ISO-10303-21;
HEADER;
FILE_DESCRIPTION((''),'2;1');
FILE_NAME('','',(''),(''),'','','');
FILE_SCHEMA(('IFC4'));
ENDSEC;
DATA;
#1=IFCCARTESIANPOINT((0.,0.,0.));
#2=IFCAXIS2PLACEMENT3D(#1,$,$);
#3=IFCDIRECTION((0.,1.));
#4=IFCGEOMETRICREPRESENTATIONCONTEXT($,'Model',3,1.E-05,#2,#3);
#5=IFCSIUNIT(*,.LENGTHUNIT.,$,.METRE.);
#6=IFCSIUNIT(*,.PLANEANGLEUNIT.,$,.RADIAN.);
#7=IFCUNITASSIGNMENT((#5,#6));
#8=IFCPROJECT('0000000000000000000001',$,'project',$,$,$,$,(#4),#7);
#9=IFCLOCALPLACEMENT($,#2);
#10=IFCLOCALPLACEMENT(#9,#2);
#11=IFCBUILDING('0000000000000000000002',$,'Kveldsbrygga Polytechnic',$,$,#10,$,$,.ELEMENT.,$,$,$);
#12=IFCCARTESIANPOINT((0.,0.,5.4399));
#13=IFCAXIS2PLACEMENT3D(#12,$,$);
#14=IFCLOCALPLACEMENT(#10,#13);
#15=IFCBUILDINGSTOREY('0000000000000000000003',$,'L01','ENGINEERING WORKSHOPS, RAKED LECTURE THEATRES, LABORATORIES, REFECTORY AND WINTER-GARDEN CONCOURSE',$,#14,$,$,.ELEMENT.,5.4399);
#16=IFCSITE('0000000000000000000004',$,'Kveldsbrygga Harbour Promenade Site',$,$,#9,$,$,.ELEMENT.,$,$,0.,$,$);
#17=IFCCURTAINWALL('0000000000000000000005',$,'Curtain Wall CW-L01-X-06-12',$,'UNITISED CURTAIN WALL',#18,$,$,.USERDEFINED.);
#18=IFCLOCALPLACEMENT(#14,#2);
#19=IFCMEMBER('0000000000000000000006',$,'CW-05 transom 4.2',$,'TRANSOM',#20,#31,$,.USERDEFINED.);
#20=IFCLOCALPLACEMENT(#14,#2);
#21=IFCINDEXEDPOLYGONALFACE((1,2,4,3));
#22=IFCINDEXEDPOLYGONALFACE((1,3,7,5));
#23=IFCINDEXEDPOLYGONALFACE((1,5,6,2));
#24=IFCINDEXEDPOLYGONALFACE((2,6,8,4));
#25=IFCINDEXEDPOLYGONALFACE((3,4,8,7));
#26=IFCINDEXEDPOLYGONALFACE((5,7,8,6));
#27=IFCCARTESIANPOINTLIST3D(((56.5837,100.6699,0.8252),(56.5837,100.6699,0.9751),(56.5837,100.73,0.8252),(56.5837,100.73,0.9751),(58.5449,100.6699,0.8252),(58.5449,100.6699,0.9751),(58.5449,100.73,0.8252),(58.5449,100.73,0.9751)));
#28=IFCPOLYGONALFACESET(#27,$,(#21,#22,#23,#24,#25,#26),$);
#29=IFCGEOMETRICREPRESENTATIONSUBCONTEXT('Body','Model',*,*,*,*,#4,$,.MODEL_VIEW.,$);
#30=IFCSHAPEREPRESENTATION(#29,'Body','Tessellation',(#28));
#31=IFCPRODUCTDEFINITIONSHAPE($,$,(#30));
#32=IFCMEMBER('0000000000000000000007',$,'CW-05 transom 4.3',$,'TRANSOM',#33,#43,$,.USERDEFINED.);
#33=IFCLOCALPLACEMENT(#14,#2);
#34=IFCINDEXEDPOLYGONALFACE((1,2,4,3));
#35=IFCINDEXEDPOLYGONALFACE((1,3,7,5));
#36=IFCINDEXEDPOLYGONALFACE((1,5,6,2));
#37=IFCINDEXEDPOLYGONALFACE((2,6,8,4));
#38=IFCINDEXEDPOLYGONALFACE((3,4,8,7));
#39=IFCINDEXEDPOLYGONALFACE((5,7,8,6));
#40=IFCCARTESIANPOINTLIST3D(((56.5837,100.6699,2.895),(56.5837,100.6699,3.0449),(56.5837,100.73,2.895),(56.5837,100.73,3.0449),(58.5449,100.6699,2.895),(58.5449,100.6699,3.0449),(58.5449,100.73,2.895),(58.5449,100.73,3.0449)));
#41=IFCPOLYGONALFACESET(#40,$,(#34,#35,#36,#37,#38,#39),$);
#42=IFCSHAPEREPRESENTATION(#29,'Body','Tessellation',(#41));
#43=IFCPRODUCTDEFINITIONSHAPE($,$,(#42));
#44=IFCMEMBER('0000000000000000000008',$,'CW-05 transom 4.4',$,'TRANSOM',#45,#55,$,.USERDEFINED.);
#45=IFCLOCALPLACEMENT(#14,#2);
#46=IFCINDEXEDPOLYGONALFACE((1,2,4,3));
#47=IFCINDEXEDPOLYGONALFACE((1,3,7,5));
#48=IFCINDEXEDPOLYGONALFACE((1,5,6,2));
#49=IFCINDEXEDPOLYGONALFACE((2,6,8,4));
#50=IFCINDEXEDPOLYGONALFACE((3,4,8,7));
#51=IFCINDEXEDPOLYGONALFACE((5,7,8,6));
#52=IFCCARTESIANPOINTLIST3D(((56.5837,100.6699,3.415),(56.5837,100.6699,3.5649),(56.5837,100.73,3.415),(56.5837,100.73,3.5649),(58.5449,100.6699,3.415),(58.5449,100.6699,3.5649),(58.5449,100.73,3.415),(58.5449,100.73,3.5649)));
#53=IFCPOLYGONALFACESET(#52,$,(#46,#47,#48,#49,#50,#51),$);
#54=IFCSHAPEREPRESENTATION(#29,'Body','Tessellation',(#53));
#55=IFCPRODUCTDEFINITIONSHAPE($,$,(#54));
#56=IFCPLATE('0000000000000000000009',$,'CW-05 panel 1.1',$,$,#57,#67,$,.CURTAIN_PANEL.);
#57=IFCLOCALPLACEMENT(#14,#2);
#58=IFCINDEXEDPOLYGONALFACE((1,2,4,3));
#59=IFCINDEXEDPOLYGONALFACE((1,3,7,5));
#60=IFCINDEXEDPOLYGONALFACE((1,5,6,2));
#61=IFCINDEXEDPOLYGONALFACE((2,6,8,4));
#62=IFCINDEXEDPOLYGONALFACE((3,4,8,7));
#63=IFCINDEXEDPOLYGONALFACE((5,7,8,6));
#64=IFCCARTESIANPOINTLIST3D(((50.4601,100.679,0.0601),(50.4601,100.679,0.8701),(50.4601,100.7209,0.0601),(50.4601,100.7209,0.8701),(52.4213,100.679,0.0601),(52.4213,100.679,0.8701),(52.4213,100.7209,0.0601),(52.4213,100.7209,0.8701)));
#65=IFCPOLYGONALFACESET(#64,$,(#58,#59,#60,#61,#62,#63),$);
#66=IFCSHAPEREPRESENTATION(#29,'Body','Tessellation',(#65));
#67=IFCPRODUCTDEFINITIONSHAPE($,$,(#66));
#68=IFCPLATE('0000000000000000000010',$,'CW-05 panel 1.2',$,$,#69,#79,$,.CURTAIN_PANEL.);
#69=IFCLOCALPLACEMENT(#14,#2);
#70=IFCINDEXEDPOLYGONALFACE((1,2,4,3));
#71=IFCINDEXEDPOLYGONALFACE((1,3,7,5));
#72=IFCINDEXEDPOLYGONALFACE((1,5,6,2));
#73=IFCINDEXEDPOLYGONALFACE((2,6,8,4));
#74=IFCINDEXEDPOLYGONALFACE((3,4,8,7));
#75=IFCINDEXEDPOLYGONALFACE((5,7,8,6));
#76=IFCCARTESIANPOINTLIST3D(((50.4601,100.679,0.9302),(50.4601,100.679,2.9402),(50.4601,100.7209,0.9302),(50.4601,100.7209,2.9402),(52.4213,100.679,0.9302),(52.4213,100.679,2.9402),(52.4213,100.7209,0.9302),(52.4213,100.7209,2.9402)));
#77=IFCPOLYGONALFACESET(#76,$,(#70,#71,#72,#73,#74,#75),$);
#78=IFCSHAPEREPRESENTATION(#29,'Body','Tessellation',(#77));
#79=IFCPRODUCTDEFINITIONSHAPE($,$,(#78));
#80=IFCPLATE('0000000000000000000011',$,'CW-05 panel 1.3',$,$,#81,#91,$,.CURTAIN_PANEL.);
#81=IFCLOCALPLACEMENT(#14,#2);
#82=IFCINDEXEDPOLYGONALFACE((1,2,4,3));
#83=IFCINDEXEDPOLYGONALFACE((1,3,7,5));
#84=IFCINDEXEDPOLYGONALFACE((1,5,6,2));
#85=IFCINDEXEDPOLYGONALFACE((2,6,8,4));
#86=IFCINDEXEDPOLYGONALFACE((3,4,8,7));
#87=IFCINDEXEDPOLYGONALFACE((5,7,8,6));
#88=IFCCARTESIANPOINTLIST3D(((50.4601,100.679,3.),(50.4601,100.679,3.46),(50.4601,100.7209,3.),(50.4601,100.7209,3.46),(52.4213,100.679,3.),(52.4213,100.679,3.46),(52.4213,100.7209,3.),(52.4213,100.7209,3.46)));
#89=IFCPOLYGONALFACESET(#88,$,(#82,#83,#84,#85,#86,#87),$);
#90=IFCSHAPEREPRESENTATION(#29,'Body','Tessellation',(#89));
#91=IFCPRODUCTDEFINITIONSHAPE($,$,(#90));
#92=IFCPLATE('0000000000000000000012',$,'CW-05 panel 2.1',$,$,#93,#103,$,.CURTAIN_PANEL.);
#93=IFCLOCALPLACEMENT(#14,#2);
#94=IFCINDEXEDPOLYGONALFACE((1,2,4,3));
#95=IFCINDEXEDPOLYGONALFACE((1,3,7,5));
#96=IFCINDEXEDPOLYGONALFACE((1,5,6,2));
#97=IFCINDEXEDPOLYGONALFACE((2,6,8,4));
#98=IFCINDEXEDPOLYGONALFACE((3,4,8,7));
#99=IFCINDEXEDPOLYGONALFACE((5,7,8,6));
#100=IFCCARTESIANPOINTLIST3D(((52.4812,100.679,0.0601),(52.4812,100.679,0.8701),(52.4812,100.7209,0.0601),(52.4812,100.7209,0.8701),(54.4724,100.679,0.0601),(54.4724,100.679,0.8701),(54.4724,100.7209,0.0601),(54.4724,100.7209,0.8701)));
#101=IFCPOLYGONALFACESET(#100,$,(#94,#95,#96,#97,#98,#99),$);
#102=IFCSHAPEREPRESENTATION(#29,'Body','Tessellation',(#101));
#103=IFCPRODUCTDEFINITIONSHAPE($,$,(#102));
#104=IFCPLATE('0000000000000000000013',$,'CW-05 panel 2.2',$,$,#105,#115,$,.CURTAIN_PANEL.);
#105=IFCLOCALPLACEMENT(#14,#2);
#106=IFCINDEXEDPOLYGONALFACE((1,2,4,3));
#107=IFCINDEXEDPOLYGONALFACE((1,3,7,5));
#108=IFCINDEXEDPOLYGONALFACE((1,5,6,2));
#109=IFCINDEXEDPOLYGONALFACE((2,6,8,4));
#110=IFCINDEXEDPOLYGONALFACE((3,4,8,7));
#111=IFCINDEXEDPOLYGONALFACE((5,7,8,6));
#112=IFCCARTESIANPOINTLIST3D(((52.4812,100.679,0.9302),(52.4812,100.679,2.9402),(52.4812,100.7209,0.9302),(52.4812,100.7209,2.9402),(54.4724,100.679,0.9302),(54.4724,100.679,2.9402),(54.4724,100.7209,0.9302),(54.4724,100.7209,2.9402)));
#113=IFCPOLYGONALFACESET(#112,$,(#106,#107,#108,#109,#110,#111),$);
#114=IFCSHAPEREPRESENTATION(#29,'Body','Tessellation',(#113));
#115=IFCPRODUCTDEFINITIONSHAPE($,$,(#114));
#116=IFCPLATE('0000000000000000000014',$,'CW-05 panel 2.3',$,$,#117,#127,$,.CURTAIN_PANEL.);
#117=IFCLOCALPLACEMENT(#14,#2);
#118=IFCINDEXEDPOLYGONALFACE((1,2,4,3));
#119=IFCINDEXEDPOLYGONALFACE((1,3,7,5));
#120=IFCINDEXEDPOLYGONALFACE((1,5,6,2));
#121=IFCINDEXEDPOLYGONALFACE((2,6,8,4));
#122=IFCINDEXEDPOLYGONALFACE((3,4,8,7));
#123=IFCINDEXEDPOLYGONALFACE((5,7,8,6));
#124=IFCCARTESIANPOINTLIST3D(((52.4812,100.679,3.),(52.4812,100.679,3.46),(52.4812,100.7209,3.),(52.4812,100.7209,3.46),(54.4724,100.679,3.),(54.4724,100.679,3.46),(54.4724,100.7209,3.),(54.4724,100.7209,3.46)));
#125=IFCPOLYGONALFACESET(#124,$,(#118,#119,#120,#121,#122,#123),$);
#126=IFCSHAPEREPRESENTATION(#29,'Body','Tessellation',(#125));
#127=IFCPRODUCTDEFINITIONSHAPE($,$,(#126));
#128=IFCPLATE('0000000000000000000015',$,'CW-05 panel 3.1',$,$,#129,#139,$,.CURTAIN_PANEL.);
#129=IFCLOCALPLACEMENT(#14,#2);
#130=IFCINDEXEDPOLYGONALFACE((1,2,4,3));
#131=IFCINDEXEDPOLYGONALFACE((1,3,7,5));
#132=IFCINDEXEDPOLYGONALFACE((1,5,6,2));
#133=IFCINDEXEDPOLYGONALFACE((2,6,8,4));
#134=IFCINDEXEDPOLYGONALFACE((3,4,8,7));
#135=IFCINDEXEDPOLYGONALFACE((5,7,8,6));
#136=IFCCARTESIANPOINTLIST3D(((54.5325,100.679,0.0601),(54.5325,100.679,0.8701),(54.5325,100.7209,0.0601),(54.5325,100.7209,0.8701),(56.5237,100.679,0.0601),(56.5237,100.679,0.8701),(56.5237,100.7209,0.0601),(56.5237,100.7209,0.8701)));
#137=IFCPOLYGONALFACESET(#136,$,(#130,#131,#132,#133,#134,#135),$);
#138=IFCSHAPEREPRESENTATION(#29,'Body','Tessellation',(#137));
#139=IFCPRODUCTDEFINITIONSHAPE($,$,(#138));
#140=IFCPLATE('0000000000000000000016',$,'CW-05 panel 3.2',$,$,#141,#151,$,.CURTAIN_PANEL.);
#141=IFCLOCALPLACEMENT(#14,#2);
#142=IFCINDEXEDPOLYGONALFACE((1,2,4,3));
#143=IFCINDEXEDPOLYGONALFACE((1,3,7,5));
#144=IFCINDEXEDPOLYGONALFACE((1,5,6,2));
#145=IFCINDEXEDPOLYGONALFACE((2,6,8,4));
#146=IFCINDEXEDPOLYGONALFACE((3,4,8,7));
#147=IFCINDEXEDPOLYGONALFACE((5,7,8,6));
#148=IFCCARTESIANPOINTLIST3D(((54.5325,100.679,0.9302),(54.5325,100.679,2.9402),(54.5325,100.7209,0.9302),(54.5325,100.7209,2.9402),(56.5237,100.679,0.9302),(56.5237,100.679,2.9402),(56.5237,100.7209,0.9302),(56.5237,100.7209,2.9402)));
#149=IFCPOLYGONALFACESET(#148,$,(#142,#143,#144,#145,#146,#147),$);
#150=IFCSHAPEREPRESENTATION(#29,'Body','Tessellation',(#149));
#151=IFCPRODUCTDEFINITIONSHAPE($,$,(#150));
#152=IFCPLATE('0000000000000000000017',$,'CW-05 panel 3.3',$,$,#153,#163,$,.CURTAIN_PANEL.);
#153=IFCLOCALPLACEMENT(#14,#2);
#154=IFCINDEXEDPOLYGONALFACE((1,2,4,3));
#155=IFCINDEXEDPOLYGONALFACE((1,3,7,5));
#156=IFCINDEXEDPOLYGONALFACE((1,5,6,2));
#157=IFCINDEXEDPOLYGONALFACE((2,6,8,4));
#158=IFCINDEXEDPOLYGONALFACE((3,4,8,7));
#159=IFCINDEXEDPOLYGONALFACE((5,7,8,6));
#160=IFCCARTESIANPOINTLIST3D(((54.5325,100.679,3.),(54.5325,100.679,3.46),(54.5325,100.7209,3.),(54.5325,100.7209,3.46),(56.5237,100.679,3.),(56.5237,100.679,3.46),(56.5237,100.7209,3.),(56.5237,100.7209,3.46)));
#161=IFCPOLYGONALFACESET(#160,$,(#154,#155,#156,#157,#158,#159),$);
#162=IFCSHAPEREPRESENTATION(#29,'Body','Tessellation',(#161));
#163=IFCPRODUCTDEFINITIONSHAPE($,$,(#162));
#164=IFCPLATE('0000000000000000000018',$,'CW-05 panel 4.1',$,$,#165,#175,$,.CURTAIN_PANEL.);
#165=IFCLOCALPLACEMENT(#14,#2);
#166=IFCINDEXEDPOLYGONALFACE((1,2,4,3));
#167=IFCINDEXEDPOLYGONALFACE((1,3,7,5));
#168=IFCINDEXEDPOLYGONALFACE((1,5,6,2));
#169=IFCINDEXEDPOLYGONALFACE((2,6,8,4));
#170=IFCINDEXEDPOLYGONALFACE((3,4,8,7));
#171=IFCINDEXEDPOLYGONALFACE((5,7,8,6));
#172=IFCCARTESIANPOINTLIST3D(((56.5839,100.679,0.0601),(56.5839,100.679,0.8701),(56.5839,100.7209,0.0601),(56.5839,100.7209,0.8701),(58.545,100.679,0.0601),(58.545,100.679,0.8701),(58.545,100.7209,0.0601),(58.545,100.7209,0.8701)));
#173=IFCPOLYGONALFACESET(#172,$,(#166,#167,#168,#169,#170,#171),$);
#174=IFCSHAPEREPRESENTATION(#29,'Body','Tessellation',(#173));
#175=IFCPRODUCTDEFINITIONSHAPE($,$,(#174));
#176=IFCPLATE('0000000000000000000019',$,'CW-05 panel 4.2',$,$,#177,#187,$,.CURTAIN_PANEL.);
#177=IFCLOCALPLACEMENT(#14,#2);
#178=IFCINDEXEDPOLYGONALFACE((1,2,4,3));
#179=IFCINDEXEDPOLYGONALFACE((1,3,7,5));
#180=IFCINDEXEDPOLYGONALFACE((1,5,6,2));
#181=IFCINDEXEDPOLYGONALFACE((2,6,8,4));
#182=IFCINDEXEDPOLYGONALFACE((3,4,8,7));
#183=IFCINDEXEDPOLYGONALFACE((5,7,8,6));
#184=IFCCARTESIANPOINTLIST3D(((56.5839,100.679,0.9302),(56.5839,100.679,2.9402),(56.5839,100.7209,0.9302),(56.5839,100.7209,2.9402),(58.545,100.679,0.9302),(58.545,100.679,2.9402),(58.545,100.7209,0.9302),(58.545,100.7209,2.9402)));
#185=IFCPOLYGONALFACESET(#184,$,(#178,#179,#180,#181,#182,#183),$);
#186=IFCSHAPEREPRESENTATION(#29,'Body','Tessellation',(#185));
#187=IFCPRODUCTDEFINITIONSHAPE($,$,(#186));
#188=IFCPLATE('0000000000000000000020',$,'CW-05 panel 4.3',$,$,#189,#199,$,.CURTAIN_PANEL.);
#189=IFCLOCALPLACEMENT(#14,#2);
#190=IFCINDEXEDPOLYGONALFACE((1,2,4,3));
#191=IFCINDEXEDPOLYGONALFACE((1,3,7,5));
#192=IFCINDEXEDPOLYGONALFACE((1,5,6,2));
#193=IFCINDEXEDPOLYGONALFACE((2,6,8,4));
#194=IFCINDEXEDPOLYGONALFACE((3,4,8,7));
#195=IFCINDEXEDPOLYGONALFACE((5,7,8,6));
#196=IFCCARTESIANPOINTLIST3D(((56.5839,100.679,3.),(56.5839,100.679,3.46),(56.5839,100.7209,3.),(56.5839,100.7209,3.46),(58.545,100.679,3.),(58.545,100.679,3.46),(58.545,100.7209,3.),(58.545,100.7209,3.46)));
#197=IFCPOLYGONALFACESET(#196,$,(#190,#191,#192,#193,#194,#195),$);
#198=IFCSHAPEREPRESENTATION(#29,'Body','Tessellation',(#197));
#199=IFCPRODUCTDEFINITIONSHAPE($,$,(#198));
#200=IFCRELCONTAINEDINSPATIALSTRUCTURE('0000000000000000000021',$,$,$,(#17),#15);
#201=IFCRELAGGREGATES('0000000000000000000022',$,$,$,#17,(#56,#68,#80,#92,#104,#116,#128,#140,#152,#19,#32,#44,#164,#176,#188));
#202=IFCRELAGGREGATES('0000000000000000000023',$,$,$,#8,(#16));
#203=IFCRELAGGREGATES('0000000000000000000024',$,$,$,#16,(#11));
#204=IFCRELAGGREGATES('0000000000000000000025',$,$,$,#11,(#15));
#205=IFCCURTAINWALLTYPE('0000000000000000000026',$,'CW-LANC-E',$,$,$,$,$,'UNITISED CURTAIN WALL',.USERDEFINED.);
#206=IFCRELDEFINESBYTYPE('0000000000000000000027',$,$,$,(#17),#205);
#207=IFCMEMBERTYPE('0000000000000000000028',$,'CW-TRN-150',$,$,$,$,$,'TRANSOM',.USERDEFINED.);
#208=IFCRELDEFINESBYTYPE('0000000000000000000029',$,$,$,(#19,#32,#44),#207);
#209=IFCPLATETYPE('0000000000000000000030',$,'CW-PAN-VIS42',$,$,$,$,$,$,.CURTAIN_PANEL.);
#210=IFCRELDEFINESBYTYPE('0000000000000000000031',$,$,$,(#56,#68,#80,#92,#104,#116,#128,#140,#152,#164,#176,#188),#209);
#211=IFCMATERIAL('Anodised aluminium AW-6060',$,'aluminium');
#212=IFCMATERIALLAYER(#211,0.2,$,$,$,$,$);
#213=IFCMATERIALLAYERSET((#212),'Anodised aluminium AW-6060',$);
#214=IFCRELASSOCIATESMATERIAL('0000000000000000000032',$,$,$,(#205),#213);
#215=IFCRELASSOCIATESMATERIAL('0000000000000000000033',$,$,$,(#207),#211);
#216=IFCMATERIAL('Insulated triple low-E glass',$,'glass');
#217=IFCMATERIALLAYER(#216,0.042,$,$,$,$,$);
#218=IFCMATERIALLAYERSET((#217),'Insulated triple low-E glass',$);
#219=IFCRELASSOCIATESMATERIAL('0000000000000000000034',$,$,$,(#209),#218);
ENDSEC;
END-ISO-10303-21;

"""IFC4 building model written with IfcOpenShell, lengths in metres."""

from ifc_helpers import new_model, si_unit, direction, frame, origin, origin_2d, place, context, subcontext, project, spatial, rectangle, extrude, material, layer, layer_set, material_profile, profile_set, type_object, element, aggregate, save


model = new_model("IFC4")

# Units and contexts
model_context = context("Model", 3, precision=1e-05, world=origin(), true_north=direction((0.0, 1.0)))
body_context = subcontext(model_context, "Body", "Model", "MODEL_VIEW")
ifc_project = project(units=[si_unit("LENGTHUNIT", "METRE"), si_unit("PLANEANGLEUNIT", "RADIAN")], contexts=[model_context])

# Site, building, storey
site_placement = place(None, origin())
site = spatial("IfcSite", under=ifc_project, at=site_placement, Name="Kveldsbrygga Harbour Promenade Site", CompositionType="ELEMENT", RefElevation=0.0)
building_placement = place(site_placement, origin())
building = spatial("IfcBuilding", under=site, at=building_placement, Name="Kveldsbrygga Polytechnic", CompositionType="ELEMENT")
storey_placement = place(building_placement, frame((0.0, 0.0, 5.4399)))
storey = spatial("IfcBuildingStorey", under=building, at=storey_placement, Name="L01", Description="ENGINEERING WORKSHOPS, RAKED LECTURE THEATRES, LABORATORIES, REFECTORY AND WINTER-GARDEN CONCOURSE", CompositionType="ELEMENT", Elevation=5.4399)

# Curtain wall, members, plates
ifc_material_1 = material(Name="Anodised aluminium AW-6060", Category="aluminium")
ifc_layer_1 = layer(ifc_material_1, 0.2)
ifc_layer_set_1 = layer_set([ifc_layer_1], Name="Anodised aluminium AW-6060")
curtain_wall_type = type_object("IfcCurtainWallType", Name="CW-LANC-E", ElementType="UNITISED CURTAIN WALL", PredefinedType="USERDEFINED", material=ifc_layer_set_1)
curtain_wall_placement = place(storey_placement, origin())
curtain_wall = element("IfcCurtainWall", 1, at=curtain_wall_placement, inside=storey, type_object=curtain_wall_type, Name="Curtain Wall CW-L01-X-06-12", ObjectType="UNITISED CURTAIN WALL", PredefinedType="USERDEFINED")
ifc_material_profile_1 = material_profile(ifc_material_1, rectangle(XDim=0.0601, YDim=0.1499, at=origin_2d()), Name="ALU 60x150")
ifc_profile_set_1 = profile_set([ifc_material_profile_1], Name="Anodised aluminium AW-6060")
member_type_1 = type_object("IfcMemberType", Name="CW-TRN-150", ElementType="TRANSOM", PredefinedType="USERDEFINED", material=ifc_profile_set_1)
member_1_placement = place(storey_placement, frame((56.5837, 100.7, 0.9001), z_axis=(1.0, 0.0, 0.0), x_axis=(0.0, 1.0, 0.0)))
member_1 = element("IfcMember", 2, at=member_1_placement, type_object=member_type_1, Name="CW-05 transom 4.2", ObjectType="TRANSOM", PredefinedType="USERDEFINED", context=body_context, shape_type="SweptSolid", body=[
    extrude(rectangle(XDim=0.0601, YDim=0.1499, at=origin_2d()), origin(), (0.0, 0.0, 1.0), 1.9612),
])
member_2_placement = place(storey_placement, frame((56.5837, 100.7, 2.97), z_axis=(1.0, 0.0, 0.0), x_axis=(0.0, 1.0, 0.0)))
member_2 = element("IfcMember", 3, at=member_2_placement, type_object=member_type_1, Name="CW-05 transom 4.3", ObjectType="TRANSOM", PredefinedType="USERDEFINED", context=body_context, shape_type="SweptSolid", body=[
    extrude(rectangle(XDim=0.0601, YDim=0.1499, at=origin_2d()), origin(), (0.0, 0.0, 1.0), 1.9612),
])
member_3_placement = place(storey_placement, frame((56.5837, 100.7, 3.49), z_axis=(1.0, 0.0, 0.0), x_axis=(0.0, 1.0, 0.0)))
member_3 = element("IfcMember", 4, at=member_3_placement, type_object=member_type_1, Name="CW-05 transom 4.4", ObjectType="TRANSOM", PredefinedType="USERDEFINED", context=body_context, shape_type="SweptSolid", body=[
    extrude(rectangle(XDim=0.0601, YDim=0.1499, at=origin_2d()), origin(), (0.0, 0.0, 1.0), 1.9612),
])
ifc_material_2 = material(Name="Insulated triple low-E glass", Category="glass")
ifc_layer_2 = layer(ifc_material_2, 0.042)
ifc_layer_set_2 = layer_set([ifc_layer_2], Name="Insulated triple low-E glass")
plate_type = type_object("IfcPlateType", Name="CW-PAN-VIS42", PredefinedType="CURTAIN_PANEL", material=ifc_layer_set_2)
plate_1_placement = place(storey_placement, frame((51.4407, 100.7, 0.0601), z_axis=(0.0, 0.0, 1.0), x_axis=(1.0, 0.0, 0.0)))
plate_1 = element("IfcPlate", 5, at=plate_1_placement, type_object=plate_type, Name="CW-05 panel 1.1", PredefinedType="CURTAIN_PANEL", context=body_context, shape_type="SweptSolid", body=[
    extrude(rectangle(XDim=1.9612, YDim=0.042, at=origin_2d()), origin(), (0.0, 0.0, 1.0), 0.8101),
])
plate_2_placement = place(storey_placement, frame((51.4407, 100.7, 0.9302), z_axis=(0.0, 0.0, 1.0), x_axis=(1.0, 0.0, 0.0)))
plate_2 = element("IfcPlate", 6, at=plate_2_placement, type_object=plate_type, Name="CW-05 panel 1.2", PredefinedType="CURTAIN_PANEL", context=body_context, shape_type="SweptSolid", body=[
    extrude(rectangle(XDim=1.9612, YDim=0.042, at=origin_2d()), origin(), (0.0, 0.0, 1.0), 2.01),
])
plate_3_placement = place(storey_placement, frame((51.4407, 100.7, 3.0), z_axis=(0.0, 0.0, 1.0), x_axis=(1.0, 0.0, 0.0)))
plate_3 = element("IfcPlate", 7, at=plate_3_placement, type_object=plate_type, Name="CW-05 panel 1.3", PredefinedType="CURTAIN_PANEL", context=body_context, shape_type="SweptSolid", body=[
    extrude(rectangle(XDim=1.9612, YDim=0.042, at=origin_2d()), origin(), (0.0, 0.0, 1.0), 0.46),
])
plate_4_placement = place(storey_placement, frame((53.4768, 100.7, 0.0601), z_axis=(0.0, 0.0, 1.0), x_axis=(1.0, 0.0, 0.0)))
plate_4 = element("IfcPlate", 8, at=plate_4_placement, type_object=plate_type, Name="CW-05 panel 2.1", PredefinedType="CURTAIN_PANEL", context=body_context, shape_type="SweptSolid", body=[
    extrude(rectangle(XDim=1.9912, YDim=0.042, at=origin_2d()), origin(), (0.0, 0.0, 1.0), 0.8101),
])
plate_5_placement = place(storey_placement, frame((53.4768, 100.7, 0.9302), z_axis=(0.0, 0.0, 1.0), x_axis=(1.0, 0.0, 0.0)))
plate_5 = element("IfcPlate", 9, at=plate_5_placement, type_object=plate_type, Name="CW-05 panel 2.2", PredefinedType="CURTAIN_PANEL", context=body_context, shape_type="SweptSolid", body=[
    extrude(rectangle(XDim=1.9912, YDim=0.042, at=origin_2d()), origin(), (0.0, 0.0, 1.0), 2.01),
])
plate_6_placement = place(storey_placement, frame((53.4768, 100.7, 3.0), z_axis=(0.0, 0.0, 1.0), x_axis=(1.0, 0.0, 0.0)))
plate_6 = element("IfcPlate", 10, at=plate_6_placement, type_object=plate_type, Name="CW-05 panel 2.3", PredefinedType="CURTAIN_PANEL", context=body_context, shape_type="SweptSolid", body=[
    extrude(rectangle(XDim=1.9912, YDim=0.042, at=origin_2d()), origin(), (0.0, 0.0, 1.0), 0.46),
])
plate_7_placement = place(storey_placement, frame((55.5281, 100.7, 0.0601), z_axis=(0.0, 0.0, 1.0), x_axis=(1.0, 0.0, 0.0)))
plate_7 = element("IfcPlate", 11, at=plate_7_placement, type_object=plate_type, Name="CW-05 panel 3.1", PredefinedType="CURTAIN_PANEL", context=body_context, shape_type="SweptSolid", body=[
    extrude(rectangle(XDim=1.9912, YDim=0.042, at=origin_2d()), origin(), (0.0, 0.0, 1.0), 0.8101),
])
plate_8_placement = place(storey_placement, frame((55.5281, 100.7, 0.9302), z_axis=(0.0, 0.0, 1.0), x_axis=(1.0, 0.0, 0.0)))
plate_8 = element("IfcPlate", 12, at=plate_8_placement, type_object=plate_type, Name="CW-05 panel 3.2", PredefinedType="CURTAIN_PANEL", context=body_context, shape_type="SweptSolid", body=[
    extrude(rectangle(XDim=1.9912, YDim=0.042, at=origin_2d()), origin(), (0.0, 0.0, 1.0), 2.01),
])
plate_9_placement = place(storey_placement, frame((55.5281, 100.7, 3.0), z_axis=(0.0, 0.0, 1.0), x_axis=(1.0, 0.0, 0.0)))
plate_9 = element("IfcPlate", 13, at=plate_9_placement, type_object=plate_type, Name="CW-05 panel 3.3", PredefinedType="CURTAIN_PANEL", context=body_context, shape_type="SweptSolid", body=[
    extrude(rectangle(XDim=1.9912, YDim=0.042, at=origin_2d()), origin(), (0.0, 0.0, 1.0), 0.46),
])
plate_10_placement = place(storey_placement, frame((57.5645, 100.7, 0.0601), z_axis=(0.0, 0.0, 1.0), x_axis=(1.0, 0.0, 0.0)))
plate_10 = element("IfcPlate", 14, at=plate_10_placement, type_object=plate_type, Name="CW-05 panel 4.1", PredefinedType="CURTAIN_PANEL", context=body_context, shape_type="SweptSolid", body=[
    extrude(rectangle(XDim=1.9612, YDim=0.042, at=origin_2d()), origin(), (0.0, 0.0, 1.0), 0.8101),
])
plate_11_placement = place(storey_placement, frame((57.5645, 100.7, 0.9302), z_axis=(0.0, 0.0, 1.0), x_axis=(1.0, 0.0, 0.0)))
plate_11 = element("IfcPlate", 15, at=plate_11_placement, type_object=plate_type, Name="CW-05 panel 4.2", PredefinedType="CURTAIN_PANEL", context=body_context, shape_type="SweptSolid", body=[
    extrude(rectangle(XDim=1.9612, YDim=0.042, at=origin_2d()), origin(), (0.0, 0.0, 1.0), 2.01),
])
plate_12_placement = place(storey_placement, frame((57.5645, 100.7, 3.0), z_axis=(0.0, 0.0, 1.0), x_axis=(1.0, 0.0, 0.0)))
plate_12 = element("IfcPlate", 16, at=plate_12_placement, type_object=plate_type, Name="CW-05 panel 4.3", PredefinedType="CURTAIN_PANEL", context=body_context, shape_type="SweptSolid", body=[
    extrude(rectangle(XDim=1.9612, YDim=0.042, at=origin_2d()), origin(), (0.0, 0.0, 1.0), 0.46),
])
aggregate(curtain_wall, [plate_1, plate_2, plate_3, plate_4, plate_5, plate_6, plate_7, plate_8, plate_9, member_1, member_2, member_3, plate_10, plate_11, plate_12])

save(model, "model.ifc")
